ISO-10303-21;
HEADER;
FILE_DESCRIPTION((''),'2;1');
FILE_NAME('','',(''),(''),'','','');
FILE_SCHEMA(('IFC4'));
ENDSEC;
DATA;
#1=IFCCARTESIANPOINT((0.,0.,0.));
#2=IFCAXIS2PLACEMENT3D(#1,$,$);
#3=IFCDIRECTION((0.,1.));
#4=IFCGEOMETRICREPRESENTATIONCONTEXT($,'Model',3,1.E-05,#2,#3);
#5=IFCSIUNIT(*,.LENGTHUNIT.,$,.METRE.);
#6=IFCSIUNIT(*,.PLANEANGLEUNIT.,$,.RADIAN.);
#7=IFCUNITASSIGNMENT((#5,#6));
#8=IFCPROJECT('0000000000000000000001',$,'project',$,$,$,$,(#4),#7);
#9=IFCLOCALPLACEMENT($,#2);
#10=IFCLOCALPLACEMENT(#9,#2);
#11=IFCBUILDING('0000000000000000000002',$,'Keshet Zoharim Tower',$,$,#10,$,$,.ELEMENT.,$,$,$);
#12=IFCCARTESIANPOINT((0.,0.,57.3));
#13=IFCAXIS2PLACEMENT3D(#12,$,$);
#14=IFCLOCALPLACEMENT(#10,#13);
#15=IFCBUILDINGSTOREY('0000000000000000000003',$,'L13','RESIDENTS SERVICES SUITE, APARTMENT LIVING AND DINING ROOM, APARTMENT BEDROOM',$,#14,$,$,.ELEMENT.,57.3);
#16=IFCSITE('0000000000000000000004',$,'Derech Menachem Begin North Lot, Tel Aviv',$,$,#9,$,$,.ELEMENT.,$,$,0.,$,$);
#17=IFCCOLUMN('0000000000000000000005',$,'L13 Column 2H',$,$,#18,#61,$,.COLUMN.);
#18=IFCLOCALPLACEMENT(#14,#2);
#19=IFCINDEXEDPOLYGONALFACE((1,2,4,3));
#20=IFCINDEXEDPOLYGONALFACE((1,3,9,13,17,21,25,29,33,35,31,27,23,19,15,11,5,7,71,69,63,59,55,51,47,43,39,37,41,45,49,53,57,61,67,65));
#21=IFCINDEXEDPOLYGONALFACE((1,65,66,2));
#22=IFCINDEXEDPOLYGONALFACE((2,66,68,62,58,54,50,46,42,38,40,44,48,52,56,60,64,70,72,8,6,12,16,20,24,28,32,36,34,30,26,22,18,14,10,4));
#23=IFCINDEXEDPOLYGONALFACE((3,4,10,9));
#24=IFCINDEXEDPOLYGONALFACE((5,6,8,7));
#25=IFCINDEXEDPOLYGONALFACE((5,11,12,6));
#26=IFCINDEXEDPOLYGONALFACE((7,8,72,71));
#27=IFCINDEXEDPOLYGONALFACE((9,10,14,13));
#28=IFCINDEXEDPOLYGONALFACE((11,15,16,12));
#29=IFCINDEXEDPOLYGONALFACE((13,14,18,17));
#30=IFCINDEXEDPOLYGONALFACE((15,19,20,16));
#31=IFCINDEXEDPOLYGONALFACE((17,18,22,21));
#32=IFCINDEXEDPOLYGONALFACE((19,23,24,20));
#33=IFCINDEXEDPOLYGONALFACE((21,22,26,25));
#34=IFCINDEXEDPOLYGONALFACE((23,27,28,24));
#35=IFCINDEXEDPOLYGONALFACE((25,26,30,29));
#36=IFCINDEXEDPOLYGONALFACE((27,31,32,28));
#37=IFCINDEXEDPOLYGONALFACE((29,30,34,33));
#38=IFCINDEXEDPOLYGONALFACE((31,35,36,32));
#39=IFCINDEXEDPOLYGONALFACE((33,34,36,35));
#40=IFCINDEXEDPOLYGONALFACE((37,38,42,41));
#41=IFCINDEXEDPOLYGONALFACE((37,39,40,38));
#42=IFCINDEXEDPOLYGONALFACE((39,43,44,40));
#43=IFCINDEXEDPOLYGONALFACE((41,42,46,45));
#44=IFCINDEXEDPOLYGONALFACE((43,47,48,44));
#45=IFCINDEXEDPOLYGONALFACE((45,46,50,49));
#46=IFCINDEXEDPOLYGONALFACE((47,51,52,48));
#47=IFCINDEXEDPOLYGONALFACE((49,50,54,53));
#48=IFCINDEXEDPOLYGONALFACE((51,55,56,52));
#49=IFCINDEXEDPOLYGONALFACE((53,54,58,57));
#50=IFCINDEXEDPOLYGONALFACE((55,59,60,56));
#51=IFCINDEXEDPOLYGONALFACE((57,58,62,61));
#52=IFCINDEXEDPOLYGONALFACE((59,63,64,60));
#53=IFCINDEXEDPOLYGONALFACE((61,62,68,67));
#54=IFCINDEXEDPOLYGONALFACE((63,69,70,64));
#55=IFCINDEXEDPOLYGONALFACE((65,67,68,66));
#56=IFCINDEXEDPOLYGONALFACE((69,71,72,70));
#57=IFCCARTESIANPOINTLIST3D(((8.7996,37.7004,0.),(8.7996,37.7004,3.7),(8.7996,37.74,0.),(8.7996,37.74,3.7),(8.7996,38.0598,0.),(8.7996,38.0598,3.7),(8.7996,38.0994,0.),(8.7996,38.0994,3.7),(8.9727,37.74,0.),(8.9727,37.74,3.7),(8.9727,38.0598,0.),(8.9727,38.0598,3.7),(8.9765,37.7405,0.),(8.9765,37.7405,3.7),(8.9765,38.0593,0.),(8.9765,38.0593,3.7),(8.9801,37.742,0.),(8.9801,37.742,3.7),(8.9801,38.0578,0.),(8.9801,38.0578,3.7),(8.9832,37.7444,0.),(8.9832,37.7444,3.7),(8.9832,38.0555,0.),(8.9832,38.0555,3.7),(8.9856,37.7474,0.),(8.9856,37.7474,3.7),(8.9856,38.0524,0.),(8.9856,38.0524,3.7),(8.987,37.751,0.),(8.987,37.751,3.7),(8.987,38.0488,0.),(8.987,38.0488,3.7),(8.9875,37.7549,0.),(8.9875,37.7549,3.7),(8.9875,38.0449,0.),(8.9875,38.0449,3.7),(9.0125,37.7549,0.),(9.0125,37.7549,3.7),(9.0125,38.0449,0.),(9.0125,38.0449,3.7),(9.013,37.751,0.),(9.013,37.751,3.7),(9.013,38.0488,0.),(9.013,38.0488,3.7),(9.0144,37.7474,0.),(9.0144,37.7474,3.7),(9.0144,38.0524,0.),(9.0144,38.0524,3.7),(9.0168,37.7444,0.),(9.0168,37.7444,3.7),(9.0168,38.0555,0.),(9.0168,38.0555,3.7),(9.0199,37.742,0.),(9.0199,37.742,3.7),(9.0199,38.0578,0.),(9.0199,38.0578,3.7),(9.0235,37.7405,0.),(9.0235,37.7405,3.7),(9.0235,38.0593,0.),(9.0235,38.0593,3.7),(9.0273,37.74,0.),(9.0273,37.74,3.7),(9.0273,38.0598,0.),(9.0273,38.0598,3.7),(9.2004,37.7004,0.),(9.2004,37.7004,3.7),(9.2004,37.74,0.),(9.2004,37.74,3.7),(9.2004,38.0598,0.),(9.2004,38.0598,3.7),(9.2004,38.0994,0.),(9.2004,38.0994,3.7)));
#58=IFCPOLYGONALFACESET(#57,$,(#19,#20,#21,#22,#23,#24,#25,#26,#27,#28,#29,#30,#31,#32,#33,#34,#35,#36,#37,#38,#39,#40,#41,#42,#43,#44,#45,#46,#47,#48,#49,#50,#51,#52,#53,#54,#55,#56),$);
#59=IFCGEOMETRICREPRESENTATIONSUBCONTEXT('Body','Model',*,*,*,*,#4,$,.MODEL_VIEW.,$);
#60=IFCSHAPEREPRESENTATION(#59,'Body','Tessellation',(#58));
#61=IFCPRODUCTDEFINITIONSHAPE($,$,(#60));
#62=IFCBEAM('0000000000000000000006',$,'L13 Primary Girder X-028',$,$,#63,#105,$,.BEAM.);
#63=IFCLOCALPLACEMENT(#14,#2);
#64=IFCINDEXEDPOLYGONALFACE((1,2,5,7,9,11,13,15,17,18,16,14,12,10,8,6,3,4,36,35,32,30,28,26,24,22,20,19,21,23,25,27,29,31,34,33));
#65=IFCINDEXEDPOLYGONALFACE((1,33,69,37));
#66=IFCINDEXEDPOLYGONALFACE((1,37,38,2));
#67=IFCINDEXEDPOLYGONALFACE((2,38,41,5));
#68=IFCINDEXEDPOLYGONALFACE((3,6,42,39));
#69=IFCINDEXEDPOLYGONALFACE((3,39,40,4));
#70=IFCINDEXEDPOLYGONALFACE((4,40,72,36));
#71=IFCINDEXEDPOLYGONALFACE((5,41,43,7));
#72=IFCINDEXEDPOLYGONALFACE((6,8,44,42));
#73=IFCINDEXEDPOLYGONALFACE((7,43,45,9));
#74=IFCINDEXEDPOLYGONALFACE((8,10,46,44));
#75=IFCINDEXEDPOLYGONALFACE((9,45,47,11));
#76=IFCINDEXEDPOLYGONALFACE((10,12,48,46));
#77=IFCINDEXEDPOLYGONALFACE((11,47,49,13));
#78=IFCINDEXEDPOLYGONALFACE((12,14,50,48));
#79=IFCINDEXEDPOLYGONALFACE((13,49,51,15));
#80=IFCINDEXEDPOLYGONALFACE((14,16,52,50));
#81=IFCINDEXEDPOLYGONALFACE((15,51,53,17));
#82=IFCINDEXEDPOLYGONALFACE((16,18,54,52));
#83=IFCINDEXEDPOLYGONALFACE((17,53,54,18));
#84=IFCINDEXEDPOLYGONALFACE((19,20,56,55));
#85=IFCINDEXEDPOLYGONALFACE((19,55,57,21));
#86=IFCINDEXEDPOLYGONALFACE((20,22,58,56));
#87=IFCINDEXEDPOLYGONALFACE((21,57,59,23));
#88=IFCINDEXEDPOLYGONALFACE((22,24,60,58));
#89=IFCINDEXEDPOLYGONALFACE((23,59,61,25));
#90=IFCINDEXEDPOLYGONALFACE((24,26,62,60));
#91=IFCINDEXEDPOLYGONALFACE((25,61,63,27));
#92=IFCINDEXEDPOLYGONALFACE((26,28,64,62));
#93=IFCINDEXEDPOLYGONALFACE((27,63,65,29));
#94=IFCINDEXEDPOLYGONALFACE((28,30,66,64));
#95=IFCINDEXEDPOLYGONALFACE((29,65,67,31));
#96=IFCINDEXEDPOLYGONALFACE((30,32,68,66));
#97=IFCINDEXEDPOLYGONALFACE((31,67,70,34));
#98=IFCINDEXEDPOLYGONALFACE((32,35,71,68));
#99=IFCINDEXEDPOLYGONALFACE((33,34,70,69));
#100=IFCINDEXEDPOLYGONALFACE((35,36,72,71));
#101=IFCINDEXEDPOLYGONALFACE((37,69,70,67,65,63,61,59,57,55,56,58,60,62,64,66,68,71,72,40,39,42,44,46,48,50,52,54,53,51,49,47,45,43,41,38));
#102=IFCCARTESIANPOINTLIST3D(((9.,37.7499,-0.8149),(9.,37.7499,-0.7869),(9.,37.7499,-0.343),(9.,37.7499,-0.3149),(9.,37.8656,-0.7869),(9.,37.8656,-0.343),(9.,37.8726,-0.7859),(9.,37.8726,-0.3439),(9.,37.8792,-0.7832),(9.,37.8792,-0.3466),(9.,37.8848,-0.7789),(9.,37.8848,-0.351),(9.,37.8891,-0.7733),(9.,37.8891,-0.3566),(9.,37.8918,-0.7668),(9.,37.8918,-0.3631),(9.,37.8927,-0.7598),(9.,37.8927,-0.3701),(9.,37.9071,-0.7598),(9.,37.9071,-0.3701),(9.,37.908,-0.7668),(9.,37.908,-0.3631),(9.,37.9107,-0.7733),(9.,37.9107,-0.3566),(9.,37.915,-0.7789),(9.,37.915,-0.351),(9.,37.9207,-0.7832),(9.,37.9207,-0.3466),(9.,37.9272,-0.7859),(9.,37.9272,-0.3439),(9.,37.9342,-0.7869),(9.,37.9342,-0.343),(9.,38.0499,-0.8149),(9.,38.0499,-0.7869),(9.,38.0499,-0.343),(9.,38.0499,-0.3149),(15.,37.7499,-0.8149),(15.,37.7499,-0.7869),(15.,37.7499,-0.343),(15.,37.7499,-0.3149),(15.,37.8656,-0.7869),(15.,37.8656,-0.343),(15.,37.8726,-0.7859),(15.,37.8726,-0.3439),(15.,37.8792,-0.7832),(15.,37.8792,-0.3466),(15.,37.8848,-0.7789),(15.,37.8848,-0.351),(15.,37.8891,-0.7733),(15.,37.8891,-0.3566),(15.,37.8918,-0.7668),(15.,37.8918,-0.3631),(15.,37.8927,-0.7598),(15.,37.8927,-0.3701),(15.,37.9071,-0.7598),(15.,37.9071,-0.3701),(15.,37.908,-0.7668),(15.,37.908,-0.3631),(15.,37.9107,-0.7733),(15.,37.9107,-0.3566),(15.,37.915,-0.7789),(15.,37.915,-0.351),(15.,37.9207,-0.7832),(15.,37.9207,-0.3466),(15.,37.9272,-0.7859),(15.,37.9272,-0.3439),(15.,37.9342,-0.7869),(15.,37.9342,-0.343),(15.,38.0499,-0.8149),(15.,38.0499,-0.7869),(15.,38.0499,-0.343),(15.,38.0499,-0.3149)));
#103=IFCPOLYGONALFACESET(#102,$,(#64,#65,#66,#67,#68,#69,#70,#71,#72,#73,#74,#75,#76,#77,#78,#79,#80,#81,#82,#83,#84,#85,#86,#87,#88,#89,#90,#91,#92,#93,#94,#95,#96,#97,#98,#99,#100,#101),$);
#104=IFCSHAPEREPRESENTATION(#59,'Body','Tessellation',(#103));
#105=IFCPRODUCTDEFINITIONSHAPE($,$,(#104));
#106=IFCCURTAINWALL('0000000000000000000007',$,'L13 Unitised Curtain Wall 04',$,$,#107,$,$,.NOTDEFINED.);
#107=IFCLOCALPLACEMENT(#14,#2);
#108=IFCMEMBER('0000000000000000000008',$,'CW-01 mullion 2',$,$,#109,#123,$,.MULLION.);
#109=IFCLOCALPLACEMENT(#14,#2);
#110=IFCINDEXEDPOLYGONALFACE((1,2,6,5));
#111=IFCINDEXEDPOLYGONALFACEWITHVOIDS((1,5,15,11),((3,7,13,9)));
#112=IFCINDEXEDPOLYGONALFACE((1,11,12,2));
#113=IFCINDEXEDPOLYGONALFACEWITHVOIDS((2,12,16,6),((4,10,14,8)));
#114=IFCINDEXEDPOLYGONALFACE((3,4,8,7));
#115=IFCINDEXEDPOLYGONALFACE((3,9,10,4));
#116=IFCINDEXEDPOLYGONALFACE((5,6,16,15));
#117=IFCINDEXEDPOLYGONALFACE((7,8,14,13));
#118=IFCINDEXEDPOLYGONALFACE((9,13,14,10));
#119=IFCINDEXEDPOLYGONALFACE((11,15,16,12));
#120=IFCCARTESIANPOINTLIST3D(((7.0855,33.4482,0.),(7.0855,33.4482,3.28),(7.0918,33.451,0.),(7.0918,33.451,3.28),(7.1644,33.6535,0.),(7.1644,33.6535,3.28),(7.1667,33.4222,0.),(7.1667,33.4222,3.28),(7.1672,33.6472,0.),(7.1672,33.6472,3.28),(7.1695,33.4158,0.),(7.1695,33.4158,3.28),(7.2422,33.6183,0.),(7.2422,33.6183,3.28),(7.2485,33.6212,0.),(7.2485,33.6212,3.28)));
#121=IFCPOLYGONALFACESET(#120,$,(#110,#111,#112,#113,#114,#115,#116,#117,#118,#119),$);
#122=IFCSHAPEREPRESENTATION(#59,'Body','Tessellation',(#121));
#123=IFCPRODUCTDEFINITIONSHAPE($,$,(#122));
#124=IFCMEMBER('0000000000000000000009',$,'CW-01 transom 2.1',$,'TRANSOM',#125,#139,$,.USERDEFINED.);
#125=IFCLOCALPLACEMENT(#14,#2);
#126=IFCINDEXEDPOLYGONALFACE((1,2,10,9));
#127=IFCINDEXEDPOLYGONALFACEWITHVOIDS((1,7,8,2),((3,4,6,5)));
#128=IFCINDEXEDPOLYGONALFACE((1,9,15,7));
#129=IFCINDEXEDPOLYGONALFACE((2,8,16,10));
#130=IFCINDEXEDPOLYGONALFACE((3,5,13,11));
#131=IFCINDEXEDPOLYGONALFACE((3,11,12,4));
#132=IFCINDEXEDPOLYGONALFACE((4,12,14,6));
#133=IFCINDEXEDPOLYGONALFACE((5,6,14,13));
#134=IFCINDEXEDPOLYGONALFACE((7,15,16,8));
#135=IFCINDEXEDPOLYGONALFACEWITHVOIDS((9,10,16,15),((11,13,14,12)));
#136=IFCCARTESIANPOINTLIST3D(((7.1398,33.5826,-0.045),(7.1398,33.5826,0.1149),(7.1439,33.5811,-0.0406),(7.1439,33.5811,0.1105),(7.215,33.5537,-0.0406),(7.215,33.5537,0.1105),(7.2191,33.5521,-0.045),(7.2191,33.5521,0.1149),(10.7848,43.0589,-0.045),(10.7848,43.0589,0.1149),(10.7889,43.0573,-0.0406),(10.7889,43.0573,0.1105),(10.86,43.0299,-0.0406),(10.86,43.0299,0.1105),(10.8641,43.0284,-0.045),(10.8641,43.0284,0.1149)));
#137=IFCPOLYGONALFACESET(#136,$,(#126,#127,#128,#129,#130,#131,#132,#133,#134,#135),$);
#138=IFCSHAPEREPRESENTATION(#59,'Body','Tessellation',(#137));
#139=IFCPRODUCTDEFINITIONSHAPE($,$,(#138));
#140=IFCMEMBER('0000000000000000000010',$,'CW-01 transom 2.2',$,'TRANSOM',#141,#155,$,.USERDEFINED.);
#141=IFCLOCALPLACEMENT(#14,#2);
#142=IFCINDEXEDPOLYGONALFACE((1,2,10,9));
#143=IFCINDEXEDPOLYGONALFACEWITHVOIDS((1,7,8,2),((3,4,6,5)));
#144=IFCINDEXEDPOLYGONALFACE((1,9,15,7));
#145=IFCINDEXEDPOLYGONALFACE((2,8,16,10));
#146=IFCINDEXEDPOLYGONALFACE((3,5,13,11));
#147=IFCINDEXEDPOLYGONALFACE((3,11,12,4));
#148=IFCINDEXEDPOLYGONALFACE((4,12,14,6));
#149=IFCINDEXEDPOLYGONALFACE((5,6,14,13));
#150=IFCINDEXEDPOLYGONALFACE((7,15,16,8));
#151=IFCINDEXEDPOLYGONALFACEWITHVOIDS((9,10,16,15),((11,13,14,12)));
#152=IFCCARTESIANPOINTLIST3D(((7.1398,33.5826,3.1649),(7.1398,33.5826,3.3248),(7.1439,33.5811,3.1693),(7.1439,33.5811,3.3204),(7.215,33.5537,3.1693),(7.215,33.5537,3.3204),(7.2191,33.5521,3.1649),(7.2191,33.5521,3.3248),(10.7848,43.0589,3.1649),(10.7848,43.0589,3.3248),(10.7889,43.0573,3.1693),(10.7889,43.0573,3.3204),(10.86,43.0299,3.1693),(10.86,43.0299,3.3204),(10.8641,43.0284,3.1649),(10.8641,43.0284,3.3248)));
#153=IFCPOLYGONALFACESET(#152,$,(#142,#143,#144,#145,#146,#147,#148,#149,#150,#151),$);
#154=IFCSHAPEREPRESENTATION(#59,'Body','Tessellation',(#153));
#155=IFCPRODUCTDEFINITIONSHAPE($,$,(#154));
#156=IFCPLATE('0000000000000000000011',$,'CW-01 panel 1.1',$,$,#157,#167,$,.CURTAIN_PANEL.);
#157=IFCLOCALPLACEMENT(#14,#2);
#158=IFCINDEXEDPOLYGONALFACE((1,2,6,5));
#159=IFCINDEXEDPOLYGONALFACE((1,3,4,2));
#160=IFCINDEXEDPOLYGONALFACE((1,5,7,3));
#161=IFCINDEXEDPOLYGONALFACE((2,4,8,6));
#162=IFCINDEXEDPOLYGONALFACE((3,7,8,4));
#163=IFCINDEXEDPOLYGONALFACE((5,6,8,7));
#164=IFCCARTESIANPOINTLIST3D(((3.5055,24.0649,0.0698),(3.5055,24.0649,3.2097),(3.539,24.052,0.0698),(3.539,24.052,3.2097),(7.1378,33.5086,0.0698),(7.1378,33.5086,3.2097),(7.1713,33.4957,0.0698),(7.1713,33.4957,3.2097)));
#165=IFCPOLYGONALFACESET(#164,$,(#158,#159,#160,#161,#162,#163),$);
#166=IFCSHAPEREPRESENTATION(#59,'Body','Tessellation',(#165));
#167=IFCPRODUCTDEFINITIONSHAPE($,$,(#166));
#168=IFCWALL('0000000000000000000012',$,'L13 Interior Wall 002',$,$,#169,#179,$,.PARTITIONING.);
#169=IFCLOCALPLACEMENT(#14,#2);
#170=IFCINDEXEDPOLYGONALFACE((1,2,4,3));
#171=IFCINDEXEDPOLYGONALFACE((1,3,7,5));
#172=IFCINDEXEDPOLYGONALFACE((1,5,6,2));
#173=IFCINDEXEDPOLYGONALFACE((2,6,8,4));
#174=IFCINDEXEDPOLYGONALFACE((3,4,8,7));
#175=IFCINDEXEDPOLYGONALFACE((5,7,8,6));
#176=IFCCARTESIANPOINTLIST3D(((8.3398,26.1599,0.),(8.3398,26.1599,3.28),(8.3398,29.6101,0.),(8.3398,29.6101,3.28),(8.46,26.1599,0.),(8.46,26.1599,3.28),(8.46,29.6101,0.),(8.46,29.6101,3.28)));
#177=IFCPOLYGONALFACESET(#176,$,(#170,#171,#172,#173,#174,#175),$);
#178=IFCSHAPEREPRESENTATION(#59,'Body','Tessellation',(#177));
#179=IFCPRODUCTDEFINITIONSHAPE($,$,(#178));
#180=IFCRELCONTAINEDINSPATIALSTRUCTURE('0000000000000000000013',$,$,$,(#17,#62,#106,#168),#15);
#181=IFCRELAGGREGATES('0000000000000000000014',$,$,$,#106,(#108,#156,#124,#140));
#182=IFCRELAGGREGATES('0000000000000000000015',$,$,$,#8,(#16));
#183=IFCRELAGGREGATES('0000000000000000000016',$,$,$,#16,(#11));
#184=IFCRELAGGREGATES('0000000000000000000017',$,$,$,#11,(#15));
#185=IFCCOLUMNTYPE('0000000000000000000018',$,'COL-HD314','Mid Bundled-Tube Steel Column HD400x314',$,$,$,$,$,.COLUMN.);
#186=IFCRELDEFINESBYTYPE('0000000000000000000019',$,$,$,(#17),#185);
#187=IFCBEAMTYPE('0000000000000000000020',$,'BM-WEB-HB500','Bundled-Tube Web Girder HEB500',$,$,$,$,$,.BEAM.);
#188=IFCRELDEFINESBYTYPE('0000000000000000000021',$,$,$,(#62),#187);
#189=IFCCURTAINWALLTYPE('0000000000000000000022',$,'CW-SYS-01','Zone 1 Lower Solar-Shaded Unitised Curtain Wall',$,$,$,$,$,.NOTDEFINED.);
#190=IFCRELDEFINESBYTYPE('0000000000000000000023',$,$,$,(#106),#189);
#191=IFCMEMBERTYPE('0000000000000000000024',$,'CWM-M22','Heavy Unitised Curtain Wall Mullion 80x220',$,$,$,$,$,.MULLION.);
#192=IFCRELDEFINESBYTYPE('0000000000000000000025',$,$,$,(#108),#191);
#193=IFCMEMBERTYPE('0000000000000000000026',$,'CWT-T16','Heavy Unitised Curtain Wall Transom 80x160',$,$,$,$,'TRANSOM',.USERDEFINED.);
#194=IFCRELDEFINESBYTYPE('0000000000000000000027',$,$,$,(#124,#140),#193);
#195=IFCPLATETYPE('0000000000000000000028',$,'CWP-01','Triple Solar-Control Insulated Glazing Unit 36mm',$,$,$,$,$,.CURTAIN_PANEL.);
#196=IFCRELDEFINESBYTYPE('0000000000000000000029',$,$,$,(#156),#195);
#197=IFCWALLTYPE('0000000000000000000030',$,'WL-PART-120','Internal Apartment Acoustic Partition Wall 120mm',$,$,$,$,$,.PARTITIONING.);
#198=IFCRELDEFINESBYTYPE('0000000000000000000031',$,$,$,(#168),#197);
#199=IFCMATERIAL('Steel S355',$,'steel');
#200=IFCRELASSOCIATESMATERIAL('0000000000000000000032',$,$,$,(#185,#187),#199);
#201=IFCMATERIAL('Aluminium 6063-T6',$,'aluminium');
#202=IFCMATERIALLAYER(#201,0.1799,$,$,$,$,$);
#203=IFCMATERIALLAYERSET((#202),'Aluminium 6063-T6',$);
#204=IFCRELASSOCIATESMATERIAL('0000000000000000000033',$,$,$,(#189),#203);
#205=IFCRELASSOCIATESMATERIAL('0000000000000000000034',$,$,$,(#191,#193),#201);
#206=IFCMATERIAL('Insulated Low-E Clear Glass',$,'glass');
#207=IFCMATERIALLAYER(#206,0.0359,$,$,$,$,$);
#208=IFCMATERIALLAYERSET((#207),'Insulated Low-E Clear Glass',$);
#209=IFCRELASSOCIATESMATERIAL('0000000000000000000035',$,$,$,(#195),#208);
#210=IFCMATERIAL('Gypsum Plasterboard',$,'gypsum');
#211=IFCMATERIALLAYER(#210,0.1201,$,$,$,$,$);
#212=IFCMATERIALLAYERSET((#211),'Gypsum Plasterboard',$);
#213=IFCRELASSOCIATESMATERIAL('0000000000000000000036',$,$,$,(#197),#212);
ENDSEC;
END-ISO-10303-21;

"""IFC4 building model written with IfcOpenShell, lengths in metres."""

from ifc_helpers import new_model, si_unit, direction, frame, frame_2d, origin, origin_2d, place, context, subcontext, project, spatial, rectangle, hollow_rectangle, i_section, extrude, material, layer, layer_set, material_profile, profile_set, type_object, element, aggregate, save


model = new_model("IFC4")

# Units and contexts
model_context = context("Model", 3, precision=1e-05, world=origin(), true_north=direction((0.0, 1.0)))
body_context = subcontext(model_context, "Body", "Model", "MODEL_VIEW")
ifc_project = project(units=[si_unit("LENGTHUNIT", "METRE"), si_unit("PLANEANGLEUNIT", "RADIAN")], contexts=[model_context])

# Site, building, storey
site_placement = place(None, origin())
site = spatial("IfcSite", under=ifc_project, at=site_placement, Name="Derech Menachem Begin North Lot, Tel Aviv", CompositionType="ELEMENT", RefElevation=0.0)
building_placement = place(site_placement, origin())
building = spatial("IfcBuilding", under=site, at=building_placement, Name="Keshet Zoharim Tower", CompositionType="ELEMENT")
storey_placement = place(building_placement, frame((0.0, 0.0, 57.3)))
storey = spatial("IfcBuildingStorey", under=building, at=storey_placement, Name="L13", Description="RESIDENTS SERVICES SUITE, APARTMENT LIVING AND DINING ROOM, APARTMENT BEDROOM", CompositionType="ELEMENT", Elevation=57.3)

# Column
ifc_material_1 = material(Name="Steel S355", Category="steel")
ifc_material_profile_1 = material_profile(ifc_material_1, i_section(OverallWidth=0.4009, OverallDepth=0.3989, WebThickness=0.0249, FlangeThickness=0.0396, FilletRadius=0.0149, at=origin_2d()), Name="HD400x314")
ifc_profile_set_1 = profile_set([ifc_material_profile_1], Name="Steel S355")
column_type = type_object("IfcColumnType", Name="COL-HD314", Description="Mid Bundled-Tube Steel Column HD400x314", PredefinedType="COLUMN", material=ifc_profile_set_1)
column_placement = place(storey_placement, frame((9.0, 37.8999, 0.0), z_axis=(0.0, 0.0, 1.0), x_axis=(1.0, 0.0, 0.0)))
element("IfcColumn", 1, at=column_placement, inside=storey, type_object=column_type, Name="L13 Column 2H", PredefinedType="COLUMN", context=body_context, shape_type="SweptSolid", body=[
    extrude(i_section(OverallWidth=0.4009, OverallDepth=0.3989, WebThickness=0.0249, FlangeThickness=0.0396, FilletRadius=0.0149, at=origin_2d()), origin(), (0.0, 0.0, 1.0), 3.7),
])

# Beam
ifc_material_profile_2 = material_profile(ifc_material_1, i_section(OverallWidth=0.3, OverallDepth=0.5, WebThickness=0.0144, FlangeThickness=0.0281, FilletRadius=0.0271, at=origin_2d()), Name="HEB500")
ifc_profile_set_2 = profile_set([ifc_material_profile_2], Name="Steel S355")
beam_type = type_object("IfcBeamType", Name="BM-WEB-HB500", Description="Bundled-Tube Web Girder HEB500", PredefinedType="BEAM", material=ifc_profile_set_2)
beam_placement = place(storey_placement, frame((9.0, 37.8999, -0.5649), z_axis=(1.0, 0.0, 0.0), x_axis=(0.0, 1.0, 0.0)))
element("IfcBeam", 2, at=beam_placement, inside=storey, type_object=beam_type, Name="L13 Primary Girder X-028", PredefinedType="BEAM", context=body_context, shape_type="SweptSolid", body=[
    extrude(i_section(OverallWidth=0.3, OverallDepth=0.5, WebThickness=0.0144, FlangeThickness=0.0281, FilletRadius=0.0271, at=origin_2d()), origin(), (0.0, 0.0, 1.0), 6.0),
])

# Curtain wall, members, plate
ifc_material_2 = material(Name="Aluminium 6063-T6", Category="aluminium")
ifc_layer_1 = layer(ifc_material_2, 0.1799)
ifc_layer_set_1 = layer_set([ifc_layer_1], Name="Aluminium 6063-T6")
curtain_wall_type = type_object("IfcCurtainWallType", Name="CW-SYS-01", Description="Zone 1 Lower Solar-Shaded Unitised Curtain Wall", PredefinedType="NOTDEFINED", material=ifc_layer_set_1)
curtain_wall_placement = place(storey_placement, origin())
curtain_wall = element("IfcCurtainWall", 3, at=curtain_wall_placement, inside=storey, type_object=curtain_wall_type, Name="L13 Unitised Curtain Wall 04", PredefinedType="NOTDEFINED")
ifc_material_profile_3 = material_profile(ifc_material_2, hollow_rectangle(XDim=0.0901, YDim=0.22, WallThickness=0.0049, at=origin_2d()), Name="MUL-90x220")
ifc_profile_set_3 = profile_set([ifc_material_profile_3], Name="Aluminium 6063-T6")
member_type_1 = type_object("IfcMemberType", Name="CWM-M22", Description="Heavy Unitised Curtain Wall Mullion 80x220", PredefinedType="MULLION", material=ifc_profile_set_3)
member_1_placement = place(storey_placement, frame((7.167, 33.5347, 0.0), z_axis=(0.0, 0.0, 1.0), x_axis=(-0.933341, 0.35899, 0.0)))
member_1 = element("IfcMember", 4, at=member_1_placement, type_object=member_type_1, Name="CW-01 mullion 2", PredefinedType="MULLION", context=body_context, shape_type="SweptSolid", body=[
    extrude(hollow_rectangle(XDim=0.0901, YDim=0.22, WallThickness=0.0049, at=origin_2d()), origin(), (0.0, 0.0, 1.0), 3.28),
])
ifc_material_profile_4 = material_profile(ifc_material_2, hollow_rectangle(XDim=0.085, YDim=0.1599, WallThickness=0.0044, at=origin_2d()), Name="TRN-85x160")
ifc_profile_set_4 = profile_set([ifc_material_profile_4], Name="Aluminium 6063-T6")
member_type_2 = type_object("IfcMemberType", Name="CWT-T16", Description="Heavy Unitised Curtain Wall Transom 80x160", ElementType="TRANSOM", PredefinedType="USERDEFINED", material=ifc_profile_set_4)
member_2_placement = place(storey_placement, frame((7.1794, 33.5674, 0.0349), z_axis=(0.359003, 0.933336, 0.0), x_axis=(-0.933336, 0.359003, 0.0)))
member_2 = element("IfcMember", 5, at=member_2_placement, type_object=member_type_2, Name="CW-01 transom 2.1", ObjectType="TRANSOM", PredefinedType="USERDEFINED", context=body_context, shape_type="SweptSolid", body=[
    extrude(hollow_rectangle(XDim=0.085, YDim=0.1599, WallThickness=0.0044, at=origin_2d()), origin(), (0.0, 0.0, 1.0), 10.1531),
])
member_3_placement = place(storey_placement, frame((7.1794, 33.5674, 3.2449), z_axis=(0.359003, 0.933336, 0.0), x_axis=(-0.933336, 0.359003, 0.0)))
member_3 = element("IfcMember", 6, at=member_3_placement, type_object=member_type_2, Name="CW-01 transom 2.2", ObjectType="TRANSOM", PredefinedType="USERDEFINED", context=body_context, shape_type="SweptSolid", body=[
    extrude(hollow_rectangle(XDim=0.085, YDim=0.1599, WallThickness=0.0044, at=origin_2d()), origin(), (0.0, 0.0, 1.0), 10.1531),
])
ifc_material_3 = material(Name="Insulated Low-E Clear Glass", Category="glass")
ifc_layer_2 = layer(ifc_material_3, 0.0359)
ifc_layer_set_2 = layer_set([ifc_layer_2], Name="Insulated Low-E Clear Glass")
plate_type = type_object("IfcPlateType", Name="CWP-01", Description="Triple Solar-Control Insulated Glazing Unit 36mm", PredefinedType="CURTAIN_PANEL", material=ifc_layer_set_2)
plate_placement = place(storey_placement, frame((5.3384, 28.7803, 0.0698), z_axis=(0.0, 0.0, 1.0), x_axis=(0.35899, 0.933341, 0.0)))
plate = element("IfcPlate", 7, at=plate_placement, type_object=plate_type, Name="CW-01 panel 1.1", PredefinedType="CURTAIN_PANEL", context=body_context, shape_type="SweptSolid", body=[
    extrude(rectangle(XDim=10.1182, YDim=0.0359, at=origin_2d()), origin(), (0.0, 0.0, 1.0), 3.1399),
])
aggregate(curtain_wall, [member_1, plate, member_2, member_3])

# Wall
ifc_material_4 = material(Name="Gypsum Plasterboard", Category="gypsum")
ifc_layer_3 = layer(ifc_material_4, 0.1201)
ifc_layer_set_3 = layer_set([ifc_layer_3], Name="Gypsum Plasterboard")
wall_type_1 = type_object("IfcWallType", Name="WL-PART-120", Description="Internal Apartment Acoustic Partition Wall 120mm", PredefinedType="PARTITIONING", material=ifc_layer_set_3)
wall_1_placement = place(storey_placement, frame((8.3999, 26.1599, 0.0), z_axis=(0.0, 0.0, 1.0), x_axis=(0.0, 1.0, 0.0)))
element("IfcWall", 8, at=wall_1_placement, inside=storey, type_object=wall_type_1, Name="L13 Interior Wall 002", PredefinedType="PARTITIONING", context=body_context, shape_type="SweptSolid", body=[
    extrude(rectangle(XDim=3.4502, YDim=0.1201, at=frame_2d((1.7251, 0.0))), origin(), (0.0, 0.0, 1.0), 3.28),
])

save(model, "model.ifc")
